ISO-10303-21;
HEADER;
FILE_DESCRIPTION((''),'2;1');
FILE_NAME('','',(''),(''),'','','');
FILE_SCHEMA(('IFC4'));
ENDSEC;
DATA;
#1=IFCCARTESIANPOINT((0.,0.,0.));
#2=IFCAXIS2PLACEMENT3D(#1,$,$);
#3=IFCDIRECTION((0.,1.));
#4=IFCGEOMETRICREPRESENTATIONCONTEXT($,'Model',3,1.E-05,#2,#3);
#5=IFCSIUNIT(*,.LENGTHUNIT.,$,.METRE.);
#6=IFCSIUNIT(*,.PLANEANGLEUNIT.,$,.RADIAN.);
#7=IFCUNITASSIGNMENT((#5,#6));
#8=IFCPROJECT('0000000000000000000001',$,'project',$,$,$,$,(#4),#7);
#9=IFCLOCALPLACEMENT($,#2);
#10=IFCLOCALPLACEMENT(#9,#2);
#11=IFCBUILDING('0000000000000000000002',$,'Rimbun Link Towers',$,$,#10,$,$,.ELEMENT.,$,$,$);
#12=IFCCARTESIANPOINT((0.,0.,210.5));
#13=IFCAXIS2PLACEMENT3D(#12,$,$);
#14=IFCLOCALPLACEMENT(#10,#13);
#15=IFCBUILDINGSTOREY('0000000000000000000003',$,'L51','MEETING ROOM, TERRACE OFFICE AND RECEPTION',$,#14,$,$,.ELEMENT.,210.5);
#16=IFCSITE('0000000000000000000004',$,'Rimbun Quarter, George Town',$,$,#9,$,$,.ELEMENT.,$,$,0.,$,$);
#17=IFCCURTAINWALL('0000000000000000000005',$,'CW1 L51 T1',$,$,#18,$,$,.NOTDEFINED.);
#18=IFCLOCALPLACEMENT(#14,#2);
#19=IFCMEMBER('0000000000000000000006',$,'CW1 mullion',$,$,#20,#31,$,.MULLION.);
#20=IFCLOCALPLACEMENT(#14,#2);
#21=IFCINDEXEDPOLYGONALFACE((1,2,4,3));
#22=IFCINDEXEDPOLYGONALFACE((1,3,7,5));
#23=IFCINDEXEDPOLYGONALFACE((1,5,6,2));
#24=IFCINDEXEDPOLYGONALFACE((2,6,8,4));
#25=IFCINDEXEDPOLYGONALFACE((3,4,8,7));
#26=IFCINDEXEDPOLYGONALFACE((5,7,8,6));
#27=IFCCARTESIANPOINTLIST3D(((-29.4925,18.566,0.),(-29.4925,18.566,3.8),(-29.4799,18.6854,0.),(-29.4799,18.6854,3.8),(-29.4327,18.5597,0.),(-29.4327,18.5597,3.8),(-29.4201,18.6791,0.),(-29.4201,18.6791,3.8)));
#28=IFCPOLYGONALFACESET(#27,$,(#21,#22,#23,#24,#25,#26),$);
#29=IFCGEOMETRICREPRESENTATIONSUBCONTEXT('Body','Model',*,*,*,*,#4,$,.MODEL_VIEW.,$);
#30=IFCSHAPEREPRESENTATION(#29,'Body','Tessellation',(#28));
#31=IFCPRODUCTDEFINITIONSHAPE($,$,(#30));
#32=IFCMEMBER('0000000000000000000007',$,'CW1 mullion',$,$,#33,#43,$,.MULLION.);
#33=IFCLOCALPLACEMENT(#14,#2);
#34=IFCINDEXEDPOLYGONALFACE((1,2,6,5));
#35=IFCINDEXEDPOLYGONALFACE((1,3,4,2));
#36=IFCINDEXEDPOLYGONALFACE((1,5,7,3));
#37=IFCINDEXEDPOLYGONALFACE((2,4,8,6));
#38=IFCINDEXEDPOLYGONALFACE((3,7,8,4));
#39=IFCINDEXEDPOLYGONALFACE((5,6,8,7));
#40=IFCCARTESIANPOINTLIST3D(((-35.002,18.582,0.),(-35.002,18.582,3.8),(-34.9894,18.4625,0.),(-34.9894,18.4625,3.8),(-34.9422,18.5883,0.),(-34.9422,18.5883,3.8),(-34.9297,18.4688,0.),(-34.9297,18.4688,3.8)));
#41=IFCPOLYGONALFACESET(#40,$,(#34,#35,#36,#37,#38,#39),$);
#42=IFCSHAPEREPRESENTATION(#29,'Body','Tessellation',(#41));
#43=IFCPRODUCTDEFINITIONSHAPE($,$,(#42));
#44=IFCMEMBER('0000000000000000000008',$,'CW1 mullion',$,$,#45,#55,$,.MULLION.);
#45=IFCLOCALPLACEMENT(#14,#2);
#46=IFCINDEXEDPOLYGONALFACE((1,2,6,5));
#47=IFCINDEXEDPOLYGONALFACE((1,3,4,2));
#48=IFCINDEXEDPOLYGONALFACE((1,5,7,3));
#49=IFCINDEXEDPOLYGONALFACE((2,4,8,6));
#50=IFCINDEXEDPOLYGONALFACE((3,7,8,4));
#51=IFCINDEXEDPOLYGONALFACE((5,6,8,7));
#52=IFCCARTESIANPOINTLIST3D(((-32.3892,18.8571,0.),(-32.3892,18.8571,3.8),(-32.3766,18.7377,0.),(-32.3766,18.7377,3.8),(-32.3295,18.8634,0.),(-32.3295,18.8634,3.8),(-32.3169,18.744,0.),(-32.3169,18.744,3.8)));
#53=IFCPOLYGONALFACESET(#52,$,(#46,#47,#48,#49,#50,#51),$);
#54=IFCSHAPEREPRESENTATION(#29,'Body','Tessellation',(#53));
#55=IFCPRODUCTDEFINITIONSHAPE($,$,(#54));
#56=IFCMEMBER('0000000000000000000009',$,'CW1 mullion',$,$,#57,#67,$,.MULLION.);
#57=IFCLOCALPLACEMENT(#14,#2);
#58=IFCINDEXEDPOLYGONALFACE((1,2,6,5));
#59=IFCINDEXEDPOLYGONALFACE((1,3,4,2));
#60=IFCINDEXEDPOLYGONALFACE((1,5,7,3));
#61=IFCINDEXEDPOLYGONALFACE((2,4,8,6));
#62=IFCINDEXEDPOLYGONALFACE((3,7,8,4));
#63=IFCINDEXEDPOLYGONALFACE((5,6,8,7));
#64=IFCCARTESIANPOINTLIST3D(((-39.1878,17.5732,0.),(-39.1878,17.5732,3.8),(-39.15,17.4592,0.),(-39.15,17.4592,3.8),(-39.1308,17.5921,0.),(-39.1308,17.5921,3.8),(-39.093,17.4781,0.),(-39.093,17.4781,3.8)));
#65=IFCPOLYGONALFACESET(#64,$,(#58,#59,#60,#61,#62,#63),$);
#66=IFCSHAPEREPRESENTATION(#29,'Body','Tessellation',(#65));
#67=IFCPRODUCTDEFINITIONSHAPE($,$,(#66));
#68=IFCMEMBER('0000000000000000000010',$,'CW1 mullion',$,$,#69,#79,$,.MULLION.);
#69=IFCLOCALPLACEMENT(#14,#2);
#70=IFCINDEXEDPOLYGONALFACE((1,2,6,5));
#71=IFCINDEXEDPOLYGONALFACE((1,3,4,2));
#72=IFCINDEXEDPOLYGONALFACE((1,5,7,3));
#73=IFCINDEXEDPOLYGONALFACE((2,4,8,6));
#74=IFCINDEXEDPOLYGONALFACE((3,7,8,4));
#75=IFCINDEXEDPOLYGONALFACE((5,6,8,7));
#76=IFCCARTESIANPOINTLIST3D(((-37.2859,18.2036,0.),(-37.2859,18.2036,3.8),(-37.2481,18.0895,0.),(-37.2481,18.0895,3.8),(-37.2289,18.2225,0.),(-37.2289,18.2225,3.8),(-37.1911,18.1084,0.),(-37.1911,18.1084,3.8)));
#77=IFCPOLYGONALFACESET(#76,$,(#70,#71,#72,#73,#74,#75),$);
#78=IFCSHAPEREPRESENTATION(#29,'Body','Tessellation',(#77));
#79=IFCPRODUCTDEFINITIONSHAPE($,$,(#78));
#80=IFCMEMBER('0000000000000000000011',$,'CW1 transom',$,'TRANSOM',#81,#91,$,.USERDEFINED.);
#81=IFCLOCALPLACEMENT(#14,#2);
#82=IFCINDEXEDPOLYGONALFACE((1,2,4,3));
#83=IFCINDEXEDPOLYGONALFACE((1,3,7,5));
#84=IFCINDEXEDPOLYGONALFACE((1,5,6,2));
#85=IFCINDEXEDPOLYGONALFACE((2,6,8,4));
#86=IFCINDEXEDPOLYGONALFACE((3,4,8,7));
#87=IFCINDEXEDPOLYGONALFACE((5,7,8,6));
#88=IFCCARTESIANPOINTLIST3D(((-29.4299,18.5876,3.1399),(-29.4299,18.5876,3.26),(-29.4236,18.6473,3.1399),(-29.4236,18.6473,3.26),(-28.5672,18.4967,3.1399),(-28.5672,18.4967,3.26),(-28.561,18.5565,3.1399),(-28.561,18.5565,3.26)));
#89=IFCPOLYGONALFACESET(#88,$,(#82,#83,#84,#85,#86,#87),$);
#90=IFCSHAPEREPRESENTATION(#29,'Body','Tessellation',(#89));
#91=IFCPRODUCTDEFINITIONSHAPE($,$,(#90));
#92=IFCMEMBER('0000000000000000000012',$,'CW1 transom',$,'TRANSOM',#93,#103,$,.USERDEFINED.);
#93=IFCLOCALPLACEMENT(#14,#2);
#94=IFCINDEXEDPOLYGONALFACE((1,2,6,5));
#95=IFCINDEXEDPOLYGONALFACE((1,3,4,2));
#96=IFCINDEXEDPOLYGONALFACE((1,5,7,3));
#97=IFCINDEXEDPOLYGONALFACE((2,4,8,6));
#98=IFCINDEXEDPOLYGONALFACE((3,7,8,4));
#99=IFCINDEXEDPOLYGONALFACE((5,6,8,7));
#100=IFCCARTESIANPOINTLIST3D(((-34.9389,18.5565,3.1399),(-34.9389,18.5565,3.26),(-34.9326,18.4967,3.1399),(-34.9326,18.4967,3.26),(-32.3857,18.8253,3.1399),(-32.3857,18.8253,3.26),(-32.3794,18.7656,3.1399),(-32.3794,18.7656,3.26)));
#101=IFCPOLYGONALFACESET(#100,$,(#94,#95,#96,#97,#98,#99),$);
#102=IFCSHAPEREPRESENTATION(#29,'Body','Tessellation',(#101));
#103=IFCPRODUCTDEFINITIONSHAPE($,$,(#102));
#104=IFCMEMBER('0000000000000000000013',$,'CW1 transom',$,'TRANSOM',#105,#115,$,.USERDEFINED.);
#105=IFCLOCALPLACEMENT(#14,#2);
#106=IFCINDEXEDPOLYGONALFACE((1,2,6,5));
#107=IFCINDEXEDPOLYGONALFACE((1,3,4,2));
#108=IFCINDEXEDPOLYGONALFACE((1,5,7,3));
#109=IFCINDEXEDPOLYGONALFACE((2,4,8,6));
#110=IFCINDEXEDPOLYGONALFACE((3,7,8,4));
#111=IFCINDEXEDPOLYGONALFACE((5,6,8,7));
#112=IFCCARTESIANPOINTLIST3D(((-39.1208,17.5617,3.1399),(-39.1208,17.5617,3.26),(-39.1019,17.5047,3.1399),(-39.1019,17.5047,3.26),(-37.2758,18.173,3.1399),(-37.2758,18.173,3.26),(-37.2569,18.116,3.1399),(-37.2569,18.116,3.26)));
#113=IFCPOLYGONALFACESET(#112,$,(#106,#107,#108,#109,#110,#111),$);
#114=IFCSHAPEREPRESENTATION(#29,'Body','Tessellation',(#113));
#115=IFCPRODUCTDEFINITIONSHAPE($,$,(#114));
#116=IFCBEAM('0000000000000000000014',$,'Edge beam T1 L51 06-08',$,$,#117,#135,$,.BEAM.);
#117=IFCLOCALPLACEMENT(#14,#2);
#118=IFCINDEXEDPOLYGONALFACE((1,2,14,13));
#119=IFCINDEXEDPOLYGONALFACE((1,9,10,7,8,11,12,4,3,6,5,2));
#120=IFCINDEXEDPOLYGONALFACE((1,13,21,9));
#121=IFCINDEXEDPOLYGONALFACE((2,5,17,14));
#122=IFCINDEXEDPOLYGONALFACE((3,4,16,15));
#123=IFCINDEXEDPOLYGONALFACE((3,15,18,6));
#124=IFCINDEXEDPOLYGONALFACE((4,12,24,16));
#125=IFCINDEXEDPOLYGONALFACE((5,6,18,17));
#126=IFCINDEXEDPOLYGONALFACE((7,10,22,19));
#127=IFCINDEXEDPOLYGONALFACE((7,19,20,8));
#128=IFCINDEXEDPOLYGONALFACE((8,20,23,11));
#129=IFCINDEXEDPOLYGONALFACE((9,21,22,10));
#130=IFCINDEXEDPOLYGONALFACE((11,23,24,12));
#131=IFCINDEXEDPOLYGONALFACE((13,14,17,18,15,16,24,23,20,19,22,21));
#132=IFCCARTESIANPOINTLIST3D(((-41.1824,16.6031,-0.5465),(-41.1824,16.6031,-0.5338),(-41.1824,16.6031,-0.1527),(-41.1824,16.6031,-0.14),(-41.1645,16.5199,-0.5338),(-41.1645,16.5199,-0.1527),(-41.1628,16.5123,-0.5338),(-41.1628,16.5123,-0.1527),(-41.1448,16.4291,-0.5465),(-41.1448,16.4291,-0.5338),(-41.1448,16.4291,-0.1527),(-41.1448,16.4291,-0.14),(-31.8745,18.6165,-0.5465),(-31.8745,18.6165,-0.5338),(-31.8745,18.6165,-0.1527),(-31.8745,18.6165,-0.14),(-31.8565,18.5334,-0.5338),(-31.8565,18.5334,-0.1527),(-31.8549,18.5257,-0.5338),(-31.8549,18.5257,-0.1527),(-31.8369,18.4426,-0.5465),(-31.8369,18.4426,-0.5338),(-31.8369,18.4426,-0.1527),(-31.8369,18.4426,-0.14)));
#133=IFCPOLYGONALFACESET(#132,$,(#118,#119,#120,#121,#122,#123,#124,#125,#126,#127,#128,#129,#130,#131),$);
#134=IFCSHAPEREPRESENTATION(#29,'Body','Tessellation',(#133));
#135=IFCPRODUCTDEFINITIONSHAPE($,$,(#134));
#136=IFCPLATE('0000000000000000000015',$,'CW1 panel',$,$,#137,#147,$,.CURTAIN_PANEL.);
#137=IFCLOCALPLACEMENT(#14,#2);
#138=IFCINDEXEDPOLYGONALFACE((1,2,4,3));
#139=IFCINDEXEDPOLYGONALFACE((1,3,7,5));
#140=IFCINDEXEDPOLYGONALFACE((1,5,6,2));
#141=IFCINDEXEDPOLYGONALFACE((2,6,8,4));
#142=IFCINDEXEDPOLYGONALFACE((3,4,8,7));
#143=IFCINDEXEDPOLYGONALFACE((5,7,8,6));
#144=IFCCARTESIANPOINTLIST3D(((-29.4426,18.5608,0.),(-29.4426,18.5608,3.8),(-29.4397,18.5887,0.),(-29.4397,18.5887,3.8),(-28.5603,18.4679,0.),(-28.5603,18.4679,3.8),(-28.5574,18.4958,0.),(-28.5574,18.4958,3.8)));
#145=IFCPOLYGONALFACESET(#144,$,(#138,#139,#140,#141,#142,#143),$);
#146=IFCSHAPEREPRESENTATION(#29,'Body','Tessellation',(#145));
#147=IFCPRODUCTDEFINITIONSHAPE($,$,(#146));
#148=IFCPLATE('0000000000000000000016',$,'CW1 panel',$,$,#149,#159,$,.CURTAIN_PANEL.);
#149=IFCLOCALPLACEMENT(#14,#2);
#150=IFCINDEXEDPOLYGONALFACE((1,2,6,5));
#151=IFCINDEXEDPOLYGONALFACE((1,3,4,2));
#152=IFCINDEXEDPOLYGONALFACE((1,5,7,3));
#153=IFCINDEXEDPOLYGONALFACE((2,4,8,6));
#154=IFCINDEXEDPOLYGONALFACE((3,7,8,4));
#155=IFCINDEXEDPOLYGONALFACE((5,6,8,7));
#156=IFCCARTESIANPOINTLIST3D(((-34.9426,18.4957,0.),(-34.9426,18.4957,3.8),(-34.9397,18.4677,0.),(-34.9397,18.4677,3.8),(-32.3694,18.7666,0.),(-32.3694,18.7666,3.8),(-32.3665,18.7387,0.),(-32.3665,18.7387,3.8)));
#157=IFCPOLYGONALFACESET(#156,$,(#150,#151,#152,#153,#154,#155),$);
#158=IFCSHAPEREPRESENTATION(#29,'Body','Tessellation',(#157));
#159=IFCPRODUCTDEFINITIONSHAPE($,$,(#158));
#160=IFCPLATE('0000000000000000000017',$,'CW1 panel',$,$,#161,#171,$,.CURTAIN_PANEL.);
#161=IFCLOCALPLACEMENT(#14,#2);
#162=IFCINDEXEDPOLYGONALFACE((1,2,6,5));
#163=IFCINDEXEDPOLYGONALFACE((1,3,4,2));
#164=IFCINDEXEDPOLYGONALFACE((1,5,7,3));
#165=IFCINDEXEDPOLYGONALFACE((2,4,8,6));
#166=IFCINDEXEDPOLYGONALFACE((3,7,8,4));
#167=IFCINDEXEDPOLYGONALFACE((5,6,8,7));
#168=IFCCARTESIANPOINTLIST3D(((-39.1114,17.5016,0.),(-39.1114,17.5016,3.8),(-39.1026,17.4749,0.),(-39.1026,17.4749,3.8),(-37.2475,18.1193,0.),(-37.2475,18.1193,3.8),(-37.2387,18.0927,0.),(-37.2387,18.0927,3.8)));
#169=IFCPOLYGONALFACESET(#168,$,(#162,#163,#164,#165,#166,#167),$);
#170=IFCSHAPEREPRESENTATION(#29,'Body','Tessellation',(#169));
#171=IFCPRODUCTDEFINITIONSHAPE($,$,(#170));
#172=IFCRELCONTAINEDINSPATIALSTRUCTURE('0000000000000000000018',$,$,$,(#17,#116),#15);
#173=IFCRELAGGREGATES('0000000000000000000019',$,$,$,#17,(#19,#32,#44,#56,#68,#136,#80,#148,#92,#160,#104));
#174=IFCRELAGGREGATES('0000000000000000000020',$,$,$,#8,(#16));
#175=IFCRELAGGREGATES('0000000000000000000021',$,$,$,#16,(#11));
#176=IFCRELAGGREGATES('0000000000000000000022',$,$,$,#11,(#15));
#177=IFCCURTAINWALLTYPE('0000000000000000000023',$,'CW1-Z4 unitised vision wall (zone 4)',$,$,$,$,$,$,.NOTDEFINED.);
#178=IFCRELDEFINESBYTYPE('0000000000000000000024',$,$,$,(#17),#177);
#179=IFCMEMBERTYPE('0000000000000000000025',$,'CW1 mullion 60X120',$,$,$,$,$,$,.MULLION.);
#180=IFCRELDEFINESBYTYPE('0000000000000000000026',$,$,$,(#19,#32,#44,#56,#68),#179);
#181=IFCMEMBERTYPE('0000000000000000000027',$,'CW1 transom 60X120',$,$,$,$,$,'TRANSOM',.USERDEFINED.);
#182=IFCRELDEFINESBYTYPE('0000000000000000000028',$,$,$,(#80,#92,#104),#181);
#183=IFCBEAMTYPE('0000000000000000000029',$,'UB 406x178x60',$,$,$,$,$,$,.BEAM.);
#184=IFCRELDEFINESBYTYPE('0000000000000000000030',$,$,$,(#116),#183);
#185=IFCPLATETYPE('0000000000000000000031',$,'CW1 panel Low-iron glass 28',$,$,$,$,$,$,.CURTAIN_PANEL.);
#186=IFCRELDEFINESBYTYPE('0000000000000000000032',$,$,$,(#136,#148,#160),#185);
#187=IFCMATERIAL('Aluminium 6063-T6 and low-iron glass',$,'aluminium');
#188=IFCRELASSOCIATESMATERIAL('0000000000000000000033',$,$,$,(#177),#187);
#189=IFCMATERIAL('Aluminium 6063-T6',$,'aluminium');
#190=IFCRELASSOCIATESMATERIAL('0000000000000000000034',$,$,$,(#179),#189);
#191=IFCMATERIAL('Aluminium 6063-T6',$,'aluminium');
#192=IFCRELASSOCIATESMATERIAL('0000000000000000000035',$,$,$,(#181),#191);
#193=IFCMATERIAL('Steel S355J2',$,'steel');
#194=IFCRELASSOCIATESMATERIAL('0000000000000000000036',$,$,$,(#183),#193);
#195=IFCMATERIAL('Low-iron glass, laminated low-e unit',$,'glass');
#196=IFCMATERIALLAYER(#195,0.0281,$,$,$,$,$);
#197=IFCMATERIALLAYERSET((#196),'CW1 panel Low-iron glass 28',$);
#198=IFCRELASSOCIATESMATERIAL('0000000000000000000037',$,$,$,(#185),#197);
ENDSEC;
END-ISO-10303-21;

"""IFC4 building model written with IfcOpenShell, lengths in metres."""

from ifc_helpers import new_model, si_unit, direction, frame, origin, origin_2d, place, context, subcontext, project, spatial, rectangle, i_section, extrude, material, layer, layer_set, material_profile, profile_set, type_object, element, aggregate, save


model = new_model("IFC4")

# Units and contexts
model_context = context("Model", 3, precision=1e-05, world=origin(), true_north=direction((0.0, 1.0)))
body_context = subcontext(model_context, "Body", "Model", "MODEL_VIEW")
ifc_project = project(units=[si_unit("LENGTHUNIT", "METRE"), si_unit("PLANEANGLEUNIT", "RADIAN")], contexts=[model_context])

# Site, building, storey
site_placement = place(None, origin())
site = spatial("IfcSite", under=ifc_project, at=site_placement, Name="Rimbun Quarter, George Town", CompositionType="ELEMENT", RefElevation=0.0)
building_placement = place(site_placement, origin())
building = spatial("IfcBuilding", under=site, at=building_placement, Name="Rimbun Link Towers", CompositionType="ELEMENT")
storey_placement = place(building_placement, frame((0.0, 0.0, 210.5)))
storey = spatial("IfcBuildingStorey", under=building, at=storey_placement, Name="L51", Description="MEETING ROOM, TERRACE OFFICE AND RECEPTION", CompositionType="ELEMENT", Elevation=210.5)

# Curtain wall, members
ifc_material_1 = material(Name="Aluminium 6063-T6 and low-iron glass", Category="aluminium")
curtain_wall_type = type_object("IfcCurtainWallType", Name="CW1-Z4 unitised vision wall (zone 4)", PredefinedType="NOTDEFINED", material=ifc_material_1)
curtain_wall_placement = place(storey_placement, origin())
curtain_wall = element("IfcCurtainWall", 1, at=curtain_wall_placement, inside=storey, type_object=curtain_wall_type, Name="CW1 L51 T1", PredefinedType="NOTDEFINED")
ifc_material_2 = material(Name="Aluminium 6063-T6", Category="aluminium")
ifc_material_profile_1 = material_profile(ifc_material_2, rectangle(XDim=0.1201, YDim=0.0601, at=origin_2d()), Name="MULLION 60X120")
ifc_profile_set_1 = profile_set([ifc_material_profile_1], Name="Aluminium 6063-T6")
member_type_1 = type_object("IfcMemberType", Name="CW1 mullion 60X120", PredefinedType="MULLION", material=ifc_profile_set_1)
member_1_placement = place(storey_placement, frame((-29.4563, 18.6226, 0.0), z_axis=(0.0, 0.0, 1.0), x_axis=(0.104723, 0.994501, 0.0)))
member_1 = element("IfcMember", 2, at=member_1_placement, type_object=member_type_1, Name="CW1 mullion", PredefinedType="MULLION", context=body_context, shape_type="SweptSolid", body=[
    extrude(rectangle(XDim=0.1201, YDim=0.0601, at=origin_2d()), origin(), (0.0, 0.0, 1.0), 3.8),
])
member_2_placement = place(storey_placement, frame((-34.9658, 18.5254, 0.0), z_axis=(0.0, 0.0, 1.0), x_axis=(-0.104723, 0.994501, 0.0)))
member_2 = element("IfcMember", 3, at=member_2_placement, type_object=member_type_1, Name="CW1 mullion", PredefinedType="MULLION", context=body_context, shape_type="SweptSolid", body=[
    extrude(rectangle(XDim=0.1201, YDim=0.0601, at=origin_2d()), origin(), (0.0, 0.0, 1.0), 3.8),
])
member_3_placement = place(storey_placement, frame((-32.353, 18.8005, 0.0), z_axis=(0.0, 0.0, 1.0), x_axis=(-0.104723, 0.994501, 0.0)))
member_3 = element("IfcMember", 4, at=member_3_placement, type_object=member_type_1, Name="CW1 mullion", PredefinedType="MULLION", context=body_context, shape_type="SweptSolid", body=[
    extrude(rectangle(XDim=0.1201, YDim=0.0601, at=origin_2d()), origin(), (0.0, 0.0, 1.0), 3.8),
])
member_4_placement = place(storey_placement, frame((-39.1404, 17.5256, 0.0), z_axis=(0.0, 0.0, 1.0), x_axis=(-0.314578, 0.949231, 0.0)))
member_4 = element("IfcMember", 5, at=member_4_placement, type_object=member_type_1, Name="CW1 mullion", PredefinedType="MULLION", context=body_context, shape_type="SweptSolid", body=[
    extrude(rectangle(XDim=0.1201, YDim=0.0601, at=origin_2d()), origin(), (0.0, 0.0, 1.0), 3.8),
])
member_5_placement = place(storey_placement, frame((-37.2385, 18.156, 0.0), z_axis=(0.0, 0.0, 1.0), x_axis=(-0.314578, 0.949231, 0.0)))
member_5 = element("IfcMember", 6, at=member_5_placement, type_object=member_type_1, Name="CW1 mullion", PredefinedType="MULLION", context=body_context, shape_type="SweptSolid", body=[
    extrude(rectangle(XDim=0.1201, YDim=0.0601, at=origin_2d()), origin(), (0.0, 0.0, 1.0), 3.8),
])
ifc_material_3 = material(Name="Aluminium 6063-T6", Category="aluminium")
ifc_material_profile_2 = material_profile(ifc_material_3, rectangle(XDim=0.0601, YDim=0.1201, at=origin_2d()), Name="TRANSOM 60X120")
ifc_profile_set_2 = profile_set([ifc_material_profile_2], Name="Aluminium 6063-T6")
member_type_2 = type_object("IfcMemberType", Name="CW1 transom 60X120", ElementType="TRANSOM", PredefinedType="USERDEFINED", material=ifc_profile_set_2)
member_6_placement = place(storey_placement, frame((-29.4268, 18.6174, 3.2), z_axis=(0.994502, -0.104714, 0.0), x_axis=(0.104714, 0.994502, 0.0)))
member_6 = element("IfcMember", 7, at=member_6_placement, type_object=member_type_2, Name="CW1 transom", ObjectType="TRANSOM", PredefinedType="USERDEFINED", context=body_context, shape_type="SweptSolid", body=[
    extrude(rectangle(XDim=0.0601, YDim=0.1201, at=origin_2d()), origin(), (0.0, 0.0, 1.0), 0.8674),
])
member_7_placement = place(storey_placement, frame((-34.9358, 18.5266, 3.2), z_axis=(0.994504, 0.1047, 0.0), x_axis=(-0.1047, 0.994504, 0.0)))
member_7 = element("IfcMember", 8, at=member_7_placement, type_object=member_type_2, Name="CW1 transom", ObjectType="TRANSOM", PredefinedType="USERDEFINED", context=body_context, shape_type="SweptSolid", body=[
    extrude(rectangle(XDim=0.0601, YDim=0.1201, at=origin_2d()), origin(), (0.0, 0.0, 1.0), 2.5674),
])
member_8_placement = place(storey_placement, frame((-39.1113, 17.5332, 3.2), z_axis=(0.949247, 0.314532, 0.0), x_axis=(-0.314532, 0.949247, 0.0)))
member_8 = element("IfcMember", 9, at=member_8_placement, type_object=member_type_2, Name="CW1 transom", ObjectType="TRANSOM", PredefinedType="USERDEFINED", context=body_context, shape_type="SweptSolid", body=[
    extrude(rectangle(XDim=0.0601, YDim=0.1201, at=origin_2d()), origin(), (0.0, 0.0, 1.0), 1.9436),
])

# Beam
ifc_material_4 = material(Name="Steel S355J2", Category="steel")
ifc_material_profile_3 = material_profile(ifc_material_4, i_section(OverallWidth=0.178, OverallDepth=0.4065, WebThickness=0.0078, FlangeThickness=0.0127, at=origin_2d()), Name="UB 406x178x60")
ifc_profile_set_3 = profile_set([ifc_material_profile_3], Name="Steel S355J2")
beam_type = type_object("IfcBeamType", Name="UB 406x178x60", PredefinedType="BEAM", material=ifc_profile_set_3)
beam_placement = place(storey_placement, frame((-31.8557, 18.5295, -0.3433), z_axis=(-0.977394, -0.211425, 0.0), x_axis=(0.211425, -0.977394, 0.0)))
element("IfcBeam", 10, at=beam_placement, inside=storey, type_object=beam_type, Name="Edge beam T1 L51 06-08", PredefinedType="BEAM", context=body_context, shape_type="SweptSolid", body=[
    extrude(i_section(OverallWidth=0.178, OverallDepth=0.4065, WebThickness=0.0078, FlangeThickness=0.0127, at=origin_2d()), origin(), (0.0, 0.0, 1.0), 9.5232),
])

# Plates
ifc_material_5 = material(Name="Low-iron glass, laminated low-e unit", Category="glass")
ifc_layer_1 = layer(ifc_material_5, 0.0281)
ifc_layer_set_1 = layer_set([ifc_layer_1], Name="CW1 panel Low-iron glass 28")
plate_type = type_object("IfcPlateType", Name="CW1 panel Low-iron glass 28", PredefinedType="CURTAIN_PANEL", material=ifc_layer_set_1)
plate_1_placement = place(storey_placement, frame((-29.0, 18.5283, 0.0), z_axis=(0.0, 0.0, 1.0), x_axis=(0.994501, -0.104723, 0.0)))
plate_1 = element("IfcPlate", 11, at=plate_1_placement, type_object=plate_type, Name="CW1 panel", PredefinedType="CURTAIN_PANEL", context=body_context, shape_type="SweptSolid", body=[
    extrude(rectangle(XDim=0.8872, YDim=0.0281, at=origin_2d()), origin(), (0.0, 0.0, 1.0), 3.8),
])
plate_2_placement = place(storey_placement, frame((-33.6545, 18.6172, 0.0), z_axis=(0.0, 0.0, 1.0), x_axis=(0.994501, 0.104723, 0.0)))
plate_2 = element("IfcPlate", 12, at=plate_2_placement, type_object=plate_type, Name="CW1 panel", PredefinedType="CURTAIN_PANEL", context=body_context, shape_type="SweptSolid", body=[
    extrude(rectangle(XDim=2.5874, YDim=0.0281, at=origin_2d()), origin(), (0.0, 0.0, 1.0), 3.8),
])
plate_3_placement = place(storey_placement, frame((-38.175, 17.7971, 0.0), z_axis=(0.0, 0.0, 1.0), x_axis=(0.949231, 0.314578, 0.0)))
plate_3 = element("IfcPlate", 13, at=plate_3_placement, type_object=plate_type, Name="CW1 panel", PredefinedType="CURTAIN_PANEL", context=body_context, shape_type="SweptSolid", body=[
    extrude(rectangle(XDim=1.9636, YDim=0.0281, at=origin_2d()), origin(), (0.0, 0.0, 1.0), 3.8),
])
aggregate(curtain_wall, [member_1, member_2, member_3, member_4, member_5, plate_1, member_6, plate_2, member_7, plate_3, member_8])

save(model, "model.ifc")
